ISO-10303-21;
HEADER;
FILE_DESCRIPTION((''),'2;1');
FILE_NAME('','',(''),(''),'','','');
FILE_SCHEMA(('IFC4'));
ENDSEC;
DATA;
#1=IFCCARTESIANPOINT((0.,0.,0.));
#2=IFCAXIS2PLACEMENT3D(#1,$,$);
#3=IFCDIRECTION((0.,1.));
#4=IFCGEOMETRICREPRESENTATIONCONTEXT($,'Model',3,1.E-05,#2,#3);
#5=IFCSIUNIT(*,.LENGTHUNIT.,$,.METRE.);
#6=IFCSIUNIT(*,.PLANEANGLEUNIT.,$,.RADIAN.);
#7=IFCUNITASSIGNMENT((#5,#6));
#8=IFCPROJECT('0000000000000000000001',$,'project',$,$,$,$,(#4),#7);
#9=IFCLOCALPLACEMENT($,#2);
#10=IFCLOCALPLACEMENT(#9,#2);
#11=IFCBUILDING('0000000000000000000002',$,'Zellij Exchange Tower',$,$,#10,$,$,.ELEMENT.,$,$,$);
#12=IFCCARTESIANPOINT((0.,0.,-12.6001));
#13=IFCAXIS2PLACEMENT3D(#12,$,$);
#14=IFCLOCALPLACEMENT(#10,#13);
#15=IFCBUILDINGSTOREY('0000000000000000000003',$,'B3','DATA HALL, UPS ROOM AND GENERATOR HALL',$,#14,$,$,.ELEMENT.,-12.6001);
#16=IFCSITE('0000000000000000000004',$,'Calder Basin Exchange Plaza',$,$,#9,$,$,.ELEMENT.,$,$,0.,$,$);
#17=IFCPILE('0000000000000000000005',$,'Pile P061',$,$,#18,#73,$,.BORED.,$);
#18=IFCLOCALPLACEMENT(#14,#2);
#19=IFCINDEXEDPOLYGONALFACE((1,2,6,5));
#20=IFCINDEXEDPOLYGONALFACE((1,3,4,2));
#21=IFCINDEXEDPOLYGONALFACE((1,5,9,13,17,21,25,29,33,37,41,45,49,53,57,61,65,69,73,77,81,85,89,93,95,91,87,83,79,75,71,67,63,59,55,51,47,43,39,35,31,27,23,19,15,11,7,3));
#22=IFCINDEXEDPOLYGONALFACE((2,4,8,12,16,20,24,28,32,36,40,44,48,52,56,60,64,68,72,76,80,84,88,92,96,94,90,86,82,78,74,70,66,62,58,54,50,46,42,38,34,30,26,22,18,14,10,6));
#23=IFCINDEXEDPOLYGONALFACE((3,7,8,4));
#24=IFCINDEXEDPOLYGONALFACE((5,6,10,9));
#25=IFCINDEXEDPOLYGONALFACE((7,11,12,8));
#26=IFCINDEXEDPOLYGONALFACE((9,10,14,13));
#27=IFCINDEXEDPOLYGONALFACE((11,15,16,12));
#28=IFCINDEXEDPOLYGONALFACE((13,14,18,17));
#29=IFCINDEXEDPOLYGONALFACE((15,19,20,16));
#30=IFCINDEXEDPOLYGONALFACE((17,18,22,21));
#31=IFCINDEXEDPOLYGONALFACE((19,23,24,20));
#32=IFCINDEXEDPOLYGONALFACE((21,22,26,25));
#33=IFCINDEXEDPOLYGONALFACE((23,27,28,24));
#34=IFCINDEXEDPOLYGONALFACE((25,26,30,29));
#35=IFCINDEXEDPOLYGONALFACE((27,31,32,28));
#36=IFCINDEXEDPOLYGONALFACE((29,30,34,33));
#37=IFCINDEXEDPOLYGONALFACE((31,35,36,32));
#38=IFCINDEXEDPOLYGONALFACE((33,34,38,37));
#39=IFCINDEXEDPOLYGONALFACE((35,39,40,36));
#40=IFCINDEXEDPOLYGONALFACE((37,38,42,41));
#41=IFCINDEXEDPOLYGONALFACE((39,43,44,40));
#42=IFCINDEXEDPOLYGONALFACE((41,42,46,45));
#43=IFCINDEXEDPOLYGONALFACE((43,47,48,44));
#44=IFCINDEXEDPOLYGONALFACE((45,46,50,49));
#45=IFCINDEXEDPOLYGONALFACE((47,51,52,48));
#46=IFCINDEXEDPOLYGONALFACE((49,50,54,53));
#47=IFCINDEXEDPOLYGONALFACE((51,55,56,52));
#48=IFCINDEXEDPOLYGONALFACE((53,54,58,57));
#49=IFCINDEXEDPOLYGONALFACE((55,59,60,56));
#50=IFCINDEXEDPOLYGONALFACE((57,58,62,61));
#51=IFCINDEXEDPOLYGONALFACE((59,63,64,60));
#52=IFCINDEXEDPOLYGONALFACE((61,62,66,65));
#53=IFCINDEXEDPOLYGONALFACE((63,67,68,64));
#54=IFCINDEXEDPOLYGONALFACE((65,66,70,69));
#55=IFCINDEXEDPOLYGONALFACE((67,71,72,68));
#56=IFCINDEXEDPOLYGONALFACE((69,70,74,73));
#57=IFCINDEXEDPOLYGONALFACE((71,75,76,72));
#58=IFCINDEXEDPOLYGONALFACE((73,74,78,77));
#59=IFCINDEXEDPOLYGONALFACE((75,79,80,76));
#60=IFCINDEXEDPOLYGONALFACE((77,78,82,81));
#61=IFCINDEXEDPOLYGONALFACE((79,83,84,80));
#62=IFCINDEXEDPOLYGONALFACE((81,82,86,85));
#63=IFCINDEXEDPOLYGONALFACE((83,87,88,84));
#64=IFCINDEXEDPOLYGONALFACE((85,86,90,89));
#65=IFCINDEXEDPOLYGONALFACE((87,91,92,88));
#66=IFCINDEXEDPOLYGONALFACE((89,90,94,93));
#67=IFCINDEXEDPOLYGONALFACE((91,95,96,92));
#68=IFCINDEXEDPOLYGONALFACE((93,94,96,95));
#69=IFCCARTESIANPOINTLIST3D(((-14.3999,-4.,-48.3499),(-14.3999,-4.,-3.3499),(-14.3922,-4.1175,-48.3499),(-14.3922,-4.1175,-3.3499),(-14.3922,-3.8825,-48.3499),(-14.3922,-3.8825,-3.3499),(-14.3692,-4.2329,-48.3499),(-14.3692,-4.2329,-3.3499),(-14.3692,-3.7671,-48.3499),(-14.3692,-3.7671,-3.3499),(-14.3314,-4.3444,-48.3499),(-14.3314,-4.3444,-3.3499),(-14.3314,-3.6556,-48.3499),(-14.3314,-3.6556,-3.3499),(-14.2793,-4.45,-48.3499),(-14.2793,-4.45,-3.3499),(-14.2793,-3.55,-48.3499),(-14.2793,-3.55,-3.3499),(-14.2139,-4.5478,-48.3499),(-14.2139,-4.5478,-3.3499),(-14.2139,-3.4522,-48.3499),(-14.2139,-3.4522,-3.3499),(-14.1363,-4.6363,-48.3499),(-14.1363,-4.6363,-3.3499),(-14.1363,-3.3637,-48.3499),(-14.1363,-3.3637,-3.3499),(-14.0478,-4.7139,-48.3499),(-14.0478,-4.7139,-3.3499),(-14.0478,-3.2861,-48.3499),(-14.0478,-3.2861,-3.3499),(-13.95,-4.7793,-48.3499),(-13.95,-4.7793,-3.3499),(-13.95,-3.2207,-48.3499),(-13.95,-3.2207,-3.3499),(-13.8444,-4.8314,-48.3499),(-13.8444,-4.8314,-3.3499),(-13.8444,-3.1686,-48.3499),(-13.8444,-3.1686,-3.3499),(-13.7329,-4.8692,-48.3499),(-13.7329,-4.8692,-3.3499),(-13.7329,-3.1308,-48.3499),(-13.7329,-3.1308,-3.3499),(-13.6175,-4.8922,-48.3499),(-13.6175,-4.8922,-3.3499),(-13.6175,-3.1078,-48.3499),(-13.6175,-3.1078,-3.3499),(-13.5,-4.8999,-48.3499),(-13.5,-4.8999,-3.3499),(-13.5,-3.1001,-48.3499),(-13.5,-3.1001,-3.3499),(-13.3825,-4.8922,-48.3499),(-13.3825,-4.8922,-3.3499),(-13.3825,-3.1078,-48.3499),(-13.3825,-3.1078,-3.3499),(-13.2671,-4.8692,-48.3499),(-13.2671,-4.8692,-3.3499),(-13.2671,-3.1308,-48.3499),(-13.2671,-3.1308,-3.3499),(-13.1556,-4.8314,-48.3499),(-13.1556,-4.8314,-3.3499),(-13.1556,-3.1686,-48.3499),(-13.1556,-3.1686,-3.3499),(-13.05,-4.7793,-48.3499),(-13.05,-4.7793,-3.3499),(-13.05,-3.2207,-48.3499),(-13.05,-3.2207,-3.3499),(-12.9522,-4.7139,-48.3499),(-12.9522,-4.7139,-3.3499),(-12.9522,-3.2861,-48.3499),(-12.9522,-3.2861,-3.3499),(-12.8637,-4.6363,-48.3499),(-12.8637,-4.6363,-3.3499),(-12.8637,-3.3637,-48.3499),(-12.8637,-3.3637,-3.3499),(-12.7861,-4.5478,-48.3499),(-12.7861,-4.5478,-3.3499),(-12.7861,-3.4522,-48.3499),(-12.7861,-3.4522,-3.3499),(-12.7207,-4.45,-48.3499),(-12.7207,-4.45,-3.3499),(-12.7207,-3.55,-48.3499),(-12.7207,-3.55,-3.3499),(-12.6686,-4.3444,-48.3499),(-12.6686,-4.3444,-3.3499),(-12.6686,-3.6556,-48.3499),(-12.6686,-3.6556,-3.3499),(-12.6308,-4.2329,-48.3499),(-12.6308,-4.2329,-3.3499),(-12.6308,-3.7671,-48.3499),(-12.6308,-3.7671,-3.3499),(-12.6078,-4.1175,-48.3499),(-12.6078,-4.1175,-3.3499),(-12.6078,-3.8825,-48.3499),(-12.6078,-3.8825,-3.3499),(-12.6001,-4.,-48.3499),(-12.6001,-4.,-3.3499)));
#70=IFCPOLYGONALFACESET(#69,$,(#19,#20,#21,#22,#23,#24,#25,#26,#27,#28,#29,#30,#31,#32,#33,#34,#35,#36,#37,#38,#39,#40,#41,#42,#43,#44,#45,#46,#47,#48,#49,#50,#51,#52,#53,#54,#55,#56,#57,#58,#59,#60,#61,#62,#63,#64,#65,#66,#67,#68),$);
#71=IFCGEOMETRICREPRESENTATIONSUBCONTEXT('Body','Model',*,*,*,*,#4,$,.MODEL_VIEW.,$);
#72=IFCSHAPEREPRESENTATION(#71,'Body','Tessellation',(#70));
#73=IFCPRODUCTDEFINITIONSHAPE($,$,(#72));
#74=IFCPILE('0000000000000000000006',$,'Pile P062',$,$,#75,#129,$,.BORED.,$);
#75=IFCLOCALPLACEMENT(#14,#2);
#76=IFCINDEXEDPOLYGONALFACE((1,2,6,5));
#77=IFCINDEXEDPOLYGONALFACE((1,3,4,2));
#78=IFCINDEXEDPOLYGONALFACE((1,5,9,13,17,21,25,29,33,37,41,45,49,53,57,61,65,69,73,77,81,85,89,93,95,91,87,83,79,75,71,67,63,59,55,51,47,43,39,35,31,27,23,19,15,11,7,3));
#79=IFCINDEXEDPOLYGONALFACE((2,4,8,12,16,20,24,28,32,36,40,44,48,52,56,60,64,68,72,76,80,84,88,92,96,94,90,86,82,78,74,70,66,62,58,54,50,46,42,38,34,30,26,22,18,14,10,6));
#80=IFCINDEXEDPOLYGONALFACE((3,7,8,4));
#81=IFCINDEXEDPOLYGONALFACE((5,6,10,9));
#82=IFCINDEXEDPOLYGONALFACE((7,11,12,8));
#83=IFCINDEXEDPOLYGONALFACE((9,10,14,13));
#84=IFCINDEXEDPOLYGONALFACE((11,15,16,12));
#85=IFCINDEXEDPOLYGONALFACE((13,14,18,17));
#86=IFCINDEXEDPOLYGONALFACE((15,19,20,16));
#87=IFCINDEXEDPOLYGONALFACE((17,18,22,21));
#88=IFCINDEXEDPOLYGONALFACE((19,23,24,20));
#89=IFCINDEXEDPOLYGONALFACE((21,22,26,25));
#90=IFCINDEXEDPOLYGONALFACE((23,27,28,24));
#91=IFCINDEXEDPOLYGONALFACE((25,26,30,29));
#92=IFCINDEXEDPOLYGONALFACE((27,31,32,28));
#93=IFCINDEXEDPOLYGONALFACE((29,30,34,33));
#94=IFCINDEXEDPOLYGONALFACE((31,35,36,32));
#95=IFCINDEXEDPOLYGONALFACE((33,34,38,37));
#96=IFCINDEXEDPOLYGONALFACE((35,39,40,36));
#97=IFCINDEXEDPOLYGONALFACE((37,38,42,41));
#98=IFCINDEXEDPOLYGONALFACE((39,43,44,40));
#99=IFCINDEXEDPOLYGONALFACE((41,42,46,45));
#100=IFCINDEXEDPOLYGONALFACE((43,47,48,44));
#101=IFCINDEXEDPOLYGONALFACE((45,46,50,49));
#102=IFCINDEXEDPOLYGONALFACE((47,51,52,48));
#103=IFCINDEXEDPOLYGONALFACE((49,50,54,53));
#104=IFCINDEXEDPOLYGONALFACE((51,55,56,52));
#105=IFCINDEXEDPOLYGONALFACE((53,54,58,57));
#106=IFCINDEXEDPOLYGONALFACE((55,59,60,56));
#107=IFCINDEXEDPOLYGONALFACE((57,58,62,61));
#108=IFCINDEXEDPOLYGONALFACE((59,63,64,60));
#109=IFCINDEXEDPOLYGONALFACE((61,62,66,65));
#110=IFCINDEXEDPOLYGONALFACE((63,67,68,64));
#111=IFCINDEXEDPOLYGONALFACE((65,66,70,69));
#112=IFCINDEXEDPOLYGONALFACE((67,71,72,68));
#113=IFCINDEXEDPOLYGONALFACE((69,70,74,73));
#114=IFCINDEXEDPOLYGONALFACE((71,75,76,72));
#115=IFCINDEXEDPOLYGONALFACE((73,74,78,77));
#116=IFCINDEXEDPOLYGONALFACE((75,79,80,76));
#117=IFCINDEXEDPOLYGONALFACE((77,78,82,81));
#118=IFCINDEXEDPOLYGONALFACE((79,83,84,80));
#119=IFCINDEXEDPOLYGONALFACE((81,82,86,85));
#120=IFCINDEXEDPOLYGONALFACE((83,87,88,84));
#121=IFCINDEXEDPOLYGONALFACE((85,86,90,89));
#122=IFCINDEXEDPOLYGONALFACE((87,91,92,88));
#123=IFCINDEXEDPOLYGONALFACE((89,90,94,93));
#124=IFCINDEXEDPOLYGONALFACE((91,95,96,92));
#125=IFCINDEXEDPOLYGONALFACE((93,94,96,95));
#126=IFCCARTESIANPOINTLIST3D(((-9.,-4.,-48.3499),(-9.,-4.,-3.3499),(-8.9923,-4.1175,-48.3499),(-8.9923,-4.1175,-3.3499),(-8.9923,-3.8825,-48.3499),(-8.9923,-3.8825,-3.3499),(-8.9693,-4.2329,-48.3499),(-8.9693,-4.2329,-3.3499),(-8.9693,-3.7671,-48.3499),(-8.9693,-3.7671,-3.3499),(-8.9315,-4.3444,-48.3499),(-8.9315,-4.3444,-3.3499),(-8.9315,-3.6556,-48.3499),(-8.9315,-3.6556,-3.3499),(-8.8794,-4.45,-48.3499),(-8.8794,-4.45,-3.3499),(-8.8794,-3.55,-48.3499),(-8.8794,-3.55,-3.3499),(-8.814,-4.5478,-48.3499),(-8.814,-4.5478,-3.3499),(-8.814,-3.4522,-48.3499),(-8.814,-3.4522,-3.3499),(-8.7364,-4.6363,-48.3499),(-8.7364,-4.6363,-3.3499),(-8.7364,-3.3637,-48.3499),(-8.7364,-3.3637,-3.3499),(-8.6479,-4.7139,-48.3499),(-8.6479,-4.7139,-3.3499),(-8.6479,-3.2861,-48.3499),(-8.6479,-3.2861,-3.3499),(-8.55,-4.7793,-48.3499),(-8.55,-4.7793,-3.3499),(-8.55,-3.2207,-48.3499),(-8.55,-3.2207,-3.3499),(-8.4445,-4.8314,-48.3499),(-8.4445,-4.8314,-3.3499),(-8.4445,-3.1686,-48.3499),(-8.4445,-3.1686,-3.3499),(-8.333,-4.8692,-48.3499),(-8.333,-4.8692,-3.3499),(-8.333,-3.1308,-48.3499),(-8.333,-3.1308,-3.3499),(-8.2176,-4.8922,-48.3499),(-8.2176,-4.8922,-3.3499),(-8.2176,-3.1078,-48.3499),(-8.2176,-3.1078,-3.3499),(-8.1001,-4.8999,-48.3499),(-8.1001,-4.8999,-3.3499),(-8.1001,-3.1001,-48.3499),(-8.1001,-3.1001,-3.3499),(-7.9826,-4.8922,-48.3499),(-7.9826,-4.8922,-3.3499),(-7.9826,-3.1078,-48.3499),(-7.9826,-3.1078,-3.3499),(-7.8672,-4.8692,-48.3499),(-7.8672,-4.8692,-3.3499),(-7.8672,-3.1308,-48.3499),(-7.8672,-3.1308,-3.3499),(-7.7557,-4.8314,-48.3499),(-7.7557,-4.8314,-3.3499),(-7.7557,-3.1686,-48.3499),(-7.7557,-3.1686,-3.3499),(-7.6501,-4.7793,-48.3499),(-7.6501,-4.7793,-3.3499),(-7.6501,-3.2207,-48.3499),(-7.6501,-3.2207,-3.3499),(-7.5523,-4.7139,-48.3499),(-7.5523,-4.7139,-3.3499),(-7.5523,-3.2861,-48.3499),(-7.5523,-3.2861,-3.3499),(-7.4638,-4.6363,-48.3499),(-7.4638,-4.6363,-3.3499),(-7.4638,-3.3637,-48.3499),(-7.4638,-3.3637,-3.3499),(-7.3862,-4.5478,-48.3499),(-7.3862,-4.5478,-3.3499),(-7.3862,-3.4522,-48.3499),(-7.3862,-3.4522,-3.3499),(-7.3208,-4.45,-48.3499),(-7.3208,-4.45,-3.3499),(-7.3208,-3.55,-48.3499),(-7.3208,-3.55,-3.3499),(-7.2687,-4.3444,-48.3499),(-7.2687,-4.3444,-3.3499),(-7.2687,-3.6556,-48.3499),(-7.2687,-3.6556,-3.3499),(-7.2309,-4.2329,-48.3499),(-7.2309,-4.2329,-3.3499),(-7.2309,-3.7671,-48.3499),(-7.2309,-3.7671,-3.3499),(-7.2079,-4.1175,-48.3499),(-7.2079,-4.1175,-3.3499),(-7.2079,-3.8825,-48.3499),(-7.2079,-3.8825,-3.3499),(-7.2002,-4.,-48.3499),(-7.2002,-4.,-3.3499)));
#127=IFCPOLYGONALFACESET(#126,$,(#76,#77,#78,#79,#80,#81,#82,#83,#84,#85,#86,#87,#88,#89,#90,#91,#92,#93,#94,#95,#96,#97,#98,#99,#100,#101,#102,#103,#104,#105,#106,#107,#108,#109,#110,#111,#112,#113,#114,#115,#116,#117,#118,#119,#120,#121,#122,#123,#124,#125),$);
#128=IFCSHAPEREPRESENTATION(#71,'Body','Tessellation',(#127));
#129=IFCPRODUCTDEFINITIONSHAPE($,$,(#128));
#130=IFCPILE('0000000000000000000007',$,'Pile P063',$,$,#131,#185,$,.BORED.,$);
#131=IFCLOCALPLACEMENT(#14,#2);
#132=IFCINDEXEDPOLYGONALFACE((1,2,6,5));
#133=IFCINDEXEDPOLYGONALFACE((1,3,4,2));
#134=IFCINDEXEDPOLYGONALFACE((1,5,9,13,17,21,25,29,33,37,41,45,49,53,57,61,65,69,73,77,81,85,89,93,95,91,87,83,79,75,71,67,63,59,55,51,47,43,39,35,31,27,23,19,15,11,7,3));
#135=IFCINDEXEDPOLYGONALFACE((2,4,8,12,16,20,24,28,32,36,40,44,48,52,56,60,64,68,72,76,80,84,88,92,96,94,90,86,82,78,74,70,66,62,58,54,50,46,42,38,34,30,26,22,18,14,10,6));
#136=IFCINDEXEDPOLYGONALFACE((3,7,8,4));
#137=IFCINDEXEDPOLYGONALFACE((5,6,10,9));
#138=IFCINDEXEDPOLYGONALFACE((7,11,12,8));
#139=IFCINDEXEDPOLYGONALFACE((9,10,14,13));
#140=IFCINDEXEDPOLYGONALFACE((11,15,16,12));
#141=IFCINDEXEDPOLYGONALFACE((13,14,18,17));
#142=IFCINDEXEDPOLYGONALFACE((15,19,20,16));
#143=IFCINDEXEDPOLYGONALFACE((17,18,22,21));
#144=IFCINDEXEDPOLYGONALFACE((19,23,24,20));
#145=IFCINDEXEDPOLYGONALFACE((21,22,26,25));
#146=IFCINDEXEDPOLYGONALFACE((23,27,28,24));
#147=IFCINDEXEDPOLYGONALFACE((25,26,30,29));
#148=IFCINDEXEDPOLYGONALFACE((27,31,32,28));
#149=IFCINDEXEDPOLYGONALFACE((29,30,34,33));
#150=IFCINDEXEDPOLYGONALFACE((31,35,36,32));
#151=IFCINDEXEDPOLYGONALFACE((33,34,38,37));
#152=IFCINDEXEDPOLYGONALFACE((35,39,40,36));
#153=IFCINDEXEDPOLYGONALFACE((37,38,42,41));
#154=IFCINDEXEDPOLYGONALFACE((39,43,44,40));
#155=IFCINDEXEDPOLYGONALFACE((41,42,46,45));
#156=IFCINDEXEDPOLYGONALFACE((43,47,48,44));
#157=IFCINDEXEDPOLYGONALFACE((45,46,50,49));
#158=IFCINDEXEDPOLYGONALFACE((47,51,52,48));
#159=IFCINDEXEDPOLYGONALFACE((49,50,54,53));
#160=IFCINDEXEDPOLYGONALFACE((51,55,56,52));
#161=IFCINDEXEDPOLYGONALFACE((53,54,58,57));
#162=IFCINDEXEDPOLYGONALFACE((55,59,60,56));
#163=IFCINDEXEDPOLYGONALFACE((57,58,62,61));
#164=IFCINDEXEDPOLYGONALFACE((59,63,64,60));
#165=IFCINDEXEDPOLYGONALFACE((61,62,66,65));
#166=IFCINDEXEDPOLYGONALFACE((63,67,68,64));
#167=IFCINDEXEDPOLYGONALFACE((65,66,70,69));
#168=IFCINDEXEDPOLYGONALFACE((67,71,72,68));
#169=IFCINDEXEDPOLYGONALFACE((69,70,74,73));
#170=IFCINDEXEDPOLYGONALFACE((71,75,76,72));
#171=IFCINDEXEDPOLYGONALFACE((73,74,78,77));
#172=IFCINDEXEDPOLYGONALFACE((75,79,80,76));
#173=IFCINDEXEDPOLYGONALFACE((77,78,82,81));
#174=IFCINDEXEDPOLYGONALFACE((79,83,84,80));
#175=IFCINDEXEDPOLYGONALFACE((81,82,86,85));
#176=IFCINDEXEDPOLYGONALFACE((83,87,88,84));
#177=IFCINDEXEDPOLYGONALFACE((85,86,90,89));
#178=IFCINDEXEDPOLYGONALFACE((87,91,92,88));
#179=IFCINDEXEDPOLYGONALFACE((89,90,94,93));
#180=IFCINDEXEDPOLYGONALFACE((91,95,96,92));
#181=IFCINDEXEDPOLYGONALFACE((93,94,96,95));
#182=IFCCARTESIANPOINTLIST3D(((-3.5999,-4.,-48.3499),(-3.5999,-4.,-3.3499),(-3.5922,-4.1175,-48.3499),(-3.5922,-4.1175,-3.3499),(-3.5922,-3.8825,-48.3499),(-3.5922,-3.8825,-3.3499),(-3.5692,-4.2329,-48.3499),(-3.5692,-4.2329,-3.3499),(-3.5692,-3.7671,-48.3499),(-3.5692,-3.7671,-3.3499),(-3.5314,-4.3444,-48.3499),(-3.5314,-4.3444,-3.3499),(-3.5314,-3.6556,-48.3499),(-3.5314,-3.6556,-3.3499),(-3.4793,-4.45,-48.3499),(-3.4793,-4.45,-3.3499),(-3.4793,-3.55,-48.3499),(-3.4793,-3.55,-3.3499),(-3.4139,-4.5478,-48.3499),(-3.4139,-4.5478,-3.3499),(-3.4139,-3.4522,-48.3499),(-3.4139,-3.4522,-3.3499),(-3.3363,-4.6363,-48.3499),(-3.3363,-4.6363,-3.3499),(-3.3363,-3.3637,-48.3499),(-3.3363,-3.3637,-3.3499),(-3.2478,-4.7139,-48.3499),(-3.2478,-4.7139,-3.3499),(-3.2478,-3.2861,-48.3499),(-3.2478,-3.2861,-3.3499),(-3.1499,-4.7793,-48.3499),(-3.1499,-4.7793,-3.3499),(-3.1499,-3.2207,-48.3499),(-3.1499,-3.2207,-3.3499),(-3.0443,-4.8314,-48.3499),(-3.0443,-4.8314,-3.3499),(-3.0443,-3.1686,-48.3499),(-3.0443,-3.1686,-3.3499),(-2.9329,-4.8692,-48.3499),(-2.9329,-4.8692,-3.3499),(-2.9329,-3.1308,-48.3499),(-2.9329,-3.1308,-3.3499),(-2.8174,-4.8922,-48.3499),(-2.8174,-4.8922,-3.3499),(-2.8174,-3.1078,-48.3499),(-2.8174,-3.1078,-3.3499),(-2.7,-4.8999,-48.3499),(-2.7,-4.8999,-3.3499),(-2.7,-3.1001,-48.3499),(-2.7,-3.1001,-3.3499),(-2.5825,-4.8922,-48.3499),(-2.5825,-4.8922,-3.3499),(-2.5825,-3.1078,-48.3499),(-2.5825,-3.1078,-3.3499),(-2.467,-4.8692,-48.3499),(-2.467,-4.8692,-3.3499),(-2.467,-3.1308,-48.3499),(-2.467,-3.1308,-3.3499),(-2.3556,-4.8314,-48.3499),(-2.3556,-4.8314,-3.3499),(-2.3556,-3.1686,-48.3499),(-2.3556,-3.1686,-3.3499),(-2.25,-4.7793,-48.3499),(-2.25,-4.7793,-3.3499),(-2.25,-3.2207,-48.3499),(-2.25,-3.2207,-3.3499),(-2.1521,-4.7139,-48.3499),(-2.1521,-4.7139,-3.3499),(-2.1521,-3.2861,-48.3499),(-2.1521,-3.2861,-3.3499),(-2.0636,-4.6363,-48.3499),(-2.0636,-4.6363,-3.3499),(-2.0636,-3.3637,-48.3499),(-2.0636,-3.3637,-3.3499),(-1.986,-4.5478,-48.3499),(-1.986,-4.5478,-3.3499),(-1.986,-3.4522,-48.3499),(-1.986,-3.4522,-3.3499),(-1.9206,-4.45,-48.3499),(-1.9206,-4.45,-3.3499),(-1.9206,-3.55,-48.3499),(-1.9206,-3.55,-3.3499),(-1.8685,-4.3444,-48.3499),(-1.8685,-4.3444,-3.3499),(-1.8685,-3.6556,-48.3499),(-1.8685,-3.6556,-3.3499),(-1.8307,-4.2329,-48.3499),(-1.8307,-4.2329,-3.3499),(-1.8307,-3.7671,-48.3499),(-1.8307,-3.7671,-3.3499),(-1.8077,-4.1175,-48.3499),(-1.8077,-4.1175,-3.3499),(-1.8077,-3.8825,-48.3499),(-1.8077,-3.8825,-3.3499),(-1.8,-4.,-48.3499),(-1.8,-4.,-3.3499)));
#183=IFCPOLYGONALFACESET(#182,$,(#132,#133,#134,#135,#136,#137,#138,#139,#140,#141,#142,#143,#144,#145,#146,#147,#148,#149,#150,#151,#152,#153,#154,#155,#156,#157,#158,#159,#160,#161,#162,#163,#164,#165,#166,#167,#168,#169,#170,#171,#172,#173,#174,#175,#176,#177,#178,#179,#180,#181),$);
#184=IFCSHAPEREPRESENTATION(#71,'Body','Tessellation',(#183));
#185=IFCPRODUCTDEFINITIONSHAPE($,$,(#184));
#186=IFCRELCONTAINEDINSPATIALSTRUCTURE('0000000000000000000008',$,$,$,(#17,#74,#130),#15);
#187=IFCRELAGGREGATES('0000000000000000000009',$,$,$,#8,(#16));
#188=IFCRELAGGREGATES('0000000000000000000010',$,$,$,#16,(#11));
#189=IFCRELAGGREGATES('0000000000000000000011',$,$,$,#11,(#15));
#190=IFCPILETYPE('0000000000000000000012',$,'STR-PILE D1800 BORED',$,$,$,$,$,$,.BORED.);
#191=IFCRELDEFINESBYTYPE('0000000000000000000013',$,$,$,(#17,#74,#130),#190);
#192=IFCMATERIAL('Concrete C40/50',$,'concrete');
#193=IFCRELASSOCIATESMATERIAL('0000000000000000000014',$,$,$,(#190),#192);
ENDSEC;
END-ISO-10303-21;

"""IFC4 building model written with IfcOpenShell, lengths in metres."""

from ifc_helpers import new_model, si_unit, direction, frame, origin, origin_2d, place, context, subcontext, project, spatial, circle, extrude, material, material_profile, profile_set, type_object, element, save


model = new_model("IFC4")

# Units and contexts
model_context = context("Model", 3, precision=1e-05, world=origin(), true_north=direction((0.0, 1.0)))
body_context = subcontext(model_context, "Body", "Model", "MODEL_VIEW")
ifc_project = project(units=[si_unit("LENGTHUNIT", "METRE"), si_unit("PLANEANGLEUNIT", "RADIAN")], contexts=[model_context])

# Site, building, storey
site_placement = place(None, origin())
site = spatial("IfcSite", under=ifc_project, at=site_placement, Name="Calder Basin Exchange Plaza", CompositionType="ELEMENT", RefElevation=0.0)
building_placement = place(site_placement, origin())
building = spatial("IfcBuilding", under=site, at=building_placement, Name="Zellij Exchange Tower", CompositionType="ELEMENT")
storey_placement = place(building_placement, frame((0.0, 0.0, -12.6001)))
storey = spatial("IfcBuildingStorey", under=building, at=storey_placement, Name="B3", Description="DATA HALL, UPS ROOM AND GENERATOR HALL", CompositionType="ELEMENT", Elevation=-12.6001)

# Piles
ifc_material_1 = material(Name="Concrete C40/50", Category="concrete")
ifc_material_profile_1 = material_profile(ifc_material_1, circle(Radius=0.8999, at=origin_2d()), Name="STR-PILE D1800 BORED")
ifc_profile_set_1 = profile_set([ifc_material_profile_1], Name="Concrete C40/50")
pile_type = type_object("IfcPileType", Name="STR-PILE D1800 BORED", PredefinedType="BORED", material=ifc_profile_set_1)
for number, where, z_axis, x_axis, name in (
    (1, (-13.5, -4.0, -3.3499), (0.0, 0.0, -1.0), (1.0, 0.0, 0.0), "Pile P061"),
    (2, (-8.1001, -4.0, -3.3499), (0.0, 0.0, -1.0), (1.0, 0.0, 0.0), "Pile P062"),
    (3, (-2.7, -4.0, -3.3499), (0.0, 0.0, -1.0), (1.0, 0.0, 0.0), "Pile P063"),
):
    element("IfcPile", number, at=place(storey_placement, frame(where, z_axis=z_axis, x_axis=x_axis)), inside=storey, type_object=pile_type, Name=name, PredefinedType="BORED", context=body_context, shape_type="SweptSolid", body=[
        extrude(circle(Radius=0.8999, at=origin_2d()), origin(), (0.0, 0.0, 1.0), 45.0),
    ])

save(model, "model.ifc")
